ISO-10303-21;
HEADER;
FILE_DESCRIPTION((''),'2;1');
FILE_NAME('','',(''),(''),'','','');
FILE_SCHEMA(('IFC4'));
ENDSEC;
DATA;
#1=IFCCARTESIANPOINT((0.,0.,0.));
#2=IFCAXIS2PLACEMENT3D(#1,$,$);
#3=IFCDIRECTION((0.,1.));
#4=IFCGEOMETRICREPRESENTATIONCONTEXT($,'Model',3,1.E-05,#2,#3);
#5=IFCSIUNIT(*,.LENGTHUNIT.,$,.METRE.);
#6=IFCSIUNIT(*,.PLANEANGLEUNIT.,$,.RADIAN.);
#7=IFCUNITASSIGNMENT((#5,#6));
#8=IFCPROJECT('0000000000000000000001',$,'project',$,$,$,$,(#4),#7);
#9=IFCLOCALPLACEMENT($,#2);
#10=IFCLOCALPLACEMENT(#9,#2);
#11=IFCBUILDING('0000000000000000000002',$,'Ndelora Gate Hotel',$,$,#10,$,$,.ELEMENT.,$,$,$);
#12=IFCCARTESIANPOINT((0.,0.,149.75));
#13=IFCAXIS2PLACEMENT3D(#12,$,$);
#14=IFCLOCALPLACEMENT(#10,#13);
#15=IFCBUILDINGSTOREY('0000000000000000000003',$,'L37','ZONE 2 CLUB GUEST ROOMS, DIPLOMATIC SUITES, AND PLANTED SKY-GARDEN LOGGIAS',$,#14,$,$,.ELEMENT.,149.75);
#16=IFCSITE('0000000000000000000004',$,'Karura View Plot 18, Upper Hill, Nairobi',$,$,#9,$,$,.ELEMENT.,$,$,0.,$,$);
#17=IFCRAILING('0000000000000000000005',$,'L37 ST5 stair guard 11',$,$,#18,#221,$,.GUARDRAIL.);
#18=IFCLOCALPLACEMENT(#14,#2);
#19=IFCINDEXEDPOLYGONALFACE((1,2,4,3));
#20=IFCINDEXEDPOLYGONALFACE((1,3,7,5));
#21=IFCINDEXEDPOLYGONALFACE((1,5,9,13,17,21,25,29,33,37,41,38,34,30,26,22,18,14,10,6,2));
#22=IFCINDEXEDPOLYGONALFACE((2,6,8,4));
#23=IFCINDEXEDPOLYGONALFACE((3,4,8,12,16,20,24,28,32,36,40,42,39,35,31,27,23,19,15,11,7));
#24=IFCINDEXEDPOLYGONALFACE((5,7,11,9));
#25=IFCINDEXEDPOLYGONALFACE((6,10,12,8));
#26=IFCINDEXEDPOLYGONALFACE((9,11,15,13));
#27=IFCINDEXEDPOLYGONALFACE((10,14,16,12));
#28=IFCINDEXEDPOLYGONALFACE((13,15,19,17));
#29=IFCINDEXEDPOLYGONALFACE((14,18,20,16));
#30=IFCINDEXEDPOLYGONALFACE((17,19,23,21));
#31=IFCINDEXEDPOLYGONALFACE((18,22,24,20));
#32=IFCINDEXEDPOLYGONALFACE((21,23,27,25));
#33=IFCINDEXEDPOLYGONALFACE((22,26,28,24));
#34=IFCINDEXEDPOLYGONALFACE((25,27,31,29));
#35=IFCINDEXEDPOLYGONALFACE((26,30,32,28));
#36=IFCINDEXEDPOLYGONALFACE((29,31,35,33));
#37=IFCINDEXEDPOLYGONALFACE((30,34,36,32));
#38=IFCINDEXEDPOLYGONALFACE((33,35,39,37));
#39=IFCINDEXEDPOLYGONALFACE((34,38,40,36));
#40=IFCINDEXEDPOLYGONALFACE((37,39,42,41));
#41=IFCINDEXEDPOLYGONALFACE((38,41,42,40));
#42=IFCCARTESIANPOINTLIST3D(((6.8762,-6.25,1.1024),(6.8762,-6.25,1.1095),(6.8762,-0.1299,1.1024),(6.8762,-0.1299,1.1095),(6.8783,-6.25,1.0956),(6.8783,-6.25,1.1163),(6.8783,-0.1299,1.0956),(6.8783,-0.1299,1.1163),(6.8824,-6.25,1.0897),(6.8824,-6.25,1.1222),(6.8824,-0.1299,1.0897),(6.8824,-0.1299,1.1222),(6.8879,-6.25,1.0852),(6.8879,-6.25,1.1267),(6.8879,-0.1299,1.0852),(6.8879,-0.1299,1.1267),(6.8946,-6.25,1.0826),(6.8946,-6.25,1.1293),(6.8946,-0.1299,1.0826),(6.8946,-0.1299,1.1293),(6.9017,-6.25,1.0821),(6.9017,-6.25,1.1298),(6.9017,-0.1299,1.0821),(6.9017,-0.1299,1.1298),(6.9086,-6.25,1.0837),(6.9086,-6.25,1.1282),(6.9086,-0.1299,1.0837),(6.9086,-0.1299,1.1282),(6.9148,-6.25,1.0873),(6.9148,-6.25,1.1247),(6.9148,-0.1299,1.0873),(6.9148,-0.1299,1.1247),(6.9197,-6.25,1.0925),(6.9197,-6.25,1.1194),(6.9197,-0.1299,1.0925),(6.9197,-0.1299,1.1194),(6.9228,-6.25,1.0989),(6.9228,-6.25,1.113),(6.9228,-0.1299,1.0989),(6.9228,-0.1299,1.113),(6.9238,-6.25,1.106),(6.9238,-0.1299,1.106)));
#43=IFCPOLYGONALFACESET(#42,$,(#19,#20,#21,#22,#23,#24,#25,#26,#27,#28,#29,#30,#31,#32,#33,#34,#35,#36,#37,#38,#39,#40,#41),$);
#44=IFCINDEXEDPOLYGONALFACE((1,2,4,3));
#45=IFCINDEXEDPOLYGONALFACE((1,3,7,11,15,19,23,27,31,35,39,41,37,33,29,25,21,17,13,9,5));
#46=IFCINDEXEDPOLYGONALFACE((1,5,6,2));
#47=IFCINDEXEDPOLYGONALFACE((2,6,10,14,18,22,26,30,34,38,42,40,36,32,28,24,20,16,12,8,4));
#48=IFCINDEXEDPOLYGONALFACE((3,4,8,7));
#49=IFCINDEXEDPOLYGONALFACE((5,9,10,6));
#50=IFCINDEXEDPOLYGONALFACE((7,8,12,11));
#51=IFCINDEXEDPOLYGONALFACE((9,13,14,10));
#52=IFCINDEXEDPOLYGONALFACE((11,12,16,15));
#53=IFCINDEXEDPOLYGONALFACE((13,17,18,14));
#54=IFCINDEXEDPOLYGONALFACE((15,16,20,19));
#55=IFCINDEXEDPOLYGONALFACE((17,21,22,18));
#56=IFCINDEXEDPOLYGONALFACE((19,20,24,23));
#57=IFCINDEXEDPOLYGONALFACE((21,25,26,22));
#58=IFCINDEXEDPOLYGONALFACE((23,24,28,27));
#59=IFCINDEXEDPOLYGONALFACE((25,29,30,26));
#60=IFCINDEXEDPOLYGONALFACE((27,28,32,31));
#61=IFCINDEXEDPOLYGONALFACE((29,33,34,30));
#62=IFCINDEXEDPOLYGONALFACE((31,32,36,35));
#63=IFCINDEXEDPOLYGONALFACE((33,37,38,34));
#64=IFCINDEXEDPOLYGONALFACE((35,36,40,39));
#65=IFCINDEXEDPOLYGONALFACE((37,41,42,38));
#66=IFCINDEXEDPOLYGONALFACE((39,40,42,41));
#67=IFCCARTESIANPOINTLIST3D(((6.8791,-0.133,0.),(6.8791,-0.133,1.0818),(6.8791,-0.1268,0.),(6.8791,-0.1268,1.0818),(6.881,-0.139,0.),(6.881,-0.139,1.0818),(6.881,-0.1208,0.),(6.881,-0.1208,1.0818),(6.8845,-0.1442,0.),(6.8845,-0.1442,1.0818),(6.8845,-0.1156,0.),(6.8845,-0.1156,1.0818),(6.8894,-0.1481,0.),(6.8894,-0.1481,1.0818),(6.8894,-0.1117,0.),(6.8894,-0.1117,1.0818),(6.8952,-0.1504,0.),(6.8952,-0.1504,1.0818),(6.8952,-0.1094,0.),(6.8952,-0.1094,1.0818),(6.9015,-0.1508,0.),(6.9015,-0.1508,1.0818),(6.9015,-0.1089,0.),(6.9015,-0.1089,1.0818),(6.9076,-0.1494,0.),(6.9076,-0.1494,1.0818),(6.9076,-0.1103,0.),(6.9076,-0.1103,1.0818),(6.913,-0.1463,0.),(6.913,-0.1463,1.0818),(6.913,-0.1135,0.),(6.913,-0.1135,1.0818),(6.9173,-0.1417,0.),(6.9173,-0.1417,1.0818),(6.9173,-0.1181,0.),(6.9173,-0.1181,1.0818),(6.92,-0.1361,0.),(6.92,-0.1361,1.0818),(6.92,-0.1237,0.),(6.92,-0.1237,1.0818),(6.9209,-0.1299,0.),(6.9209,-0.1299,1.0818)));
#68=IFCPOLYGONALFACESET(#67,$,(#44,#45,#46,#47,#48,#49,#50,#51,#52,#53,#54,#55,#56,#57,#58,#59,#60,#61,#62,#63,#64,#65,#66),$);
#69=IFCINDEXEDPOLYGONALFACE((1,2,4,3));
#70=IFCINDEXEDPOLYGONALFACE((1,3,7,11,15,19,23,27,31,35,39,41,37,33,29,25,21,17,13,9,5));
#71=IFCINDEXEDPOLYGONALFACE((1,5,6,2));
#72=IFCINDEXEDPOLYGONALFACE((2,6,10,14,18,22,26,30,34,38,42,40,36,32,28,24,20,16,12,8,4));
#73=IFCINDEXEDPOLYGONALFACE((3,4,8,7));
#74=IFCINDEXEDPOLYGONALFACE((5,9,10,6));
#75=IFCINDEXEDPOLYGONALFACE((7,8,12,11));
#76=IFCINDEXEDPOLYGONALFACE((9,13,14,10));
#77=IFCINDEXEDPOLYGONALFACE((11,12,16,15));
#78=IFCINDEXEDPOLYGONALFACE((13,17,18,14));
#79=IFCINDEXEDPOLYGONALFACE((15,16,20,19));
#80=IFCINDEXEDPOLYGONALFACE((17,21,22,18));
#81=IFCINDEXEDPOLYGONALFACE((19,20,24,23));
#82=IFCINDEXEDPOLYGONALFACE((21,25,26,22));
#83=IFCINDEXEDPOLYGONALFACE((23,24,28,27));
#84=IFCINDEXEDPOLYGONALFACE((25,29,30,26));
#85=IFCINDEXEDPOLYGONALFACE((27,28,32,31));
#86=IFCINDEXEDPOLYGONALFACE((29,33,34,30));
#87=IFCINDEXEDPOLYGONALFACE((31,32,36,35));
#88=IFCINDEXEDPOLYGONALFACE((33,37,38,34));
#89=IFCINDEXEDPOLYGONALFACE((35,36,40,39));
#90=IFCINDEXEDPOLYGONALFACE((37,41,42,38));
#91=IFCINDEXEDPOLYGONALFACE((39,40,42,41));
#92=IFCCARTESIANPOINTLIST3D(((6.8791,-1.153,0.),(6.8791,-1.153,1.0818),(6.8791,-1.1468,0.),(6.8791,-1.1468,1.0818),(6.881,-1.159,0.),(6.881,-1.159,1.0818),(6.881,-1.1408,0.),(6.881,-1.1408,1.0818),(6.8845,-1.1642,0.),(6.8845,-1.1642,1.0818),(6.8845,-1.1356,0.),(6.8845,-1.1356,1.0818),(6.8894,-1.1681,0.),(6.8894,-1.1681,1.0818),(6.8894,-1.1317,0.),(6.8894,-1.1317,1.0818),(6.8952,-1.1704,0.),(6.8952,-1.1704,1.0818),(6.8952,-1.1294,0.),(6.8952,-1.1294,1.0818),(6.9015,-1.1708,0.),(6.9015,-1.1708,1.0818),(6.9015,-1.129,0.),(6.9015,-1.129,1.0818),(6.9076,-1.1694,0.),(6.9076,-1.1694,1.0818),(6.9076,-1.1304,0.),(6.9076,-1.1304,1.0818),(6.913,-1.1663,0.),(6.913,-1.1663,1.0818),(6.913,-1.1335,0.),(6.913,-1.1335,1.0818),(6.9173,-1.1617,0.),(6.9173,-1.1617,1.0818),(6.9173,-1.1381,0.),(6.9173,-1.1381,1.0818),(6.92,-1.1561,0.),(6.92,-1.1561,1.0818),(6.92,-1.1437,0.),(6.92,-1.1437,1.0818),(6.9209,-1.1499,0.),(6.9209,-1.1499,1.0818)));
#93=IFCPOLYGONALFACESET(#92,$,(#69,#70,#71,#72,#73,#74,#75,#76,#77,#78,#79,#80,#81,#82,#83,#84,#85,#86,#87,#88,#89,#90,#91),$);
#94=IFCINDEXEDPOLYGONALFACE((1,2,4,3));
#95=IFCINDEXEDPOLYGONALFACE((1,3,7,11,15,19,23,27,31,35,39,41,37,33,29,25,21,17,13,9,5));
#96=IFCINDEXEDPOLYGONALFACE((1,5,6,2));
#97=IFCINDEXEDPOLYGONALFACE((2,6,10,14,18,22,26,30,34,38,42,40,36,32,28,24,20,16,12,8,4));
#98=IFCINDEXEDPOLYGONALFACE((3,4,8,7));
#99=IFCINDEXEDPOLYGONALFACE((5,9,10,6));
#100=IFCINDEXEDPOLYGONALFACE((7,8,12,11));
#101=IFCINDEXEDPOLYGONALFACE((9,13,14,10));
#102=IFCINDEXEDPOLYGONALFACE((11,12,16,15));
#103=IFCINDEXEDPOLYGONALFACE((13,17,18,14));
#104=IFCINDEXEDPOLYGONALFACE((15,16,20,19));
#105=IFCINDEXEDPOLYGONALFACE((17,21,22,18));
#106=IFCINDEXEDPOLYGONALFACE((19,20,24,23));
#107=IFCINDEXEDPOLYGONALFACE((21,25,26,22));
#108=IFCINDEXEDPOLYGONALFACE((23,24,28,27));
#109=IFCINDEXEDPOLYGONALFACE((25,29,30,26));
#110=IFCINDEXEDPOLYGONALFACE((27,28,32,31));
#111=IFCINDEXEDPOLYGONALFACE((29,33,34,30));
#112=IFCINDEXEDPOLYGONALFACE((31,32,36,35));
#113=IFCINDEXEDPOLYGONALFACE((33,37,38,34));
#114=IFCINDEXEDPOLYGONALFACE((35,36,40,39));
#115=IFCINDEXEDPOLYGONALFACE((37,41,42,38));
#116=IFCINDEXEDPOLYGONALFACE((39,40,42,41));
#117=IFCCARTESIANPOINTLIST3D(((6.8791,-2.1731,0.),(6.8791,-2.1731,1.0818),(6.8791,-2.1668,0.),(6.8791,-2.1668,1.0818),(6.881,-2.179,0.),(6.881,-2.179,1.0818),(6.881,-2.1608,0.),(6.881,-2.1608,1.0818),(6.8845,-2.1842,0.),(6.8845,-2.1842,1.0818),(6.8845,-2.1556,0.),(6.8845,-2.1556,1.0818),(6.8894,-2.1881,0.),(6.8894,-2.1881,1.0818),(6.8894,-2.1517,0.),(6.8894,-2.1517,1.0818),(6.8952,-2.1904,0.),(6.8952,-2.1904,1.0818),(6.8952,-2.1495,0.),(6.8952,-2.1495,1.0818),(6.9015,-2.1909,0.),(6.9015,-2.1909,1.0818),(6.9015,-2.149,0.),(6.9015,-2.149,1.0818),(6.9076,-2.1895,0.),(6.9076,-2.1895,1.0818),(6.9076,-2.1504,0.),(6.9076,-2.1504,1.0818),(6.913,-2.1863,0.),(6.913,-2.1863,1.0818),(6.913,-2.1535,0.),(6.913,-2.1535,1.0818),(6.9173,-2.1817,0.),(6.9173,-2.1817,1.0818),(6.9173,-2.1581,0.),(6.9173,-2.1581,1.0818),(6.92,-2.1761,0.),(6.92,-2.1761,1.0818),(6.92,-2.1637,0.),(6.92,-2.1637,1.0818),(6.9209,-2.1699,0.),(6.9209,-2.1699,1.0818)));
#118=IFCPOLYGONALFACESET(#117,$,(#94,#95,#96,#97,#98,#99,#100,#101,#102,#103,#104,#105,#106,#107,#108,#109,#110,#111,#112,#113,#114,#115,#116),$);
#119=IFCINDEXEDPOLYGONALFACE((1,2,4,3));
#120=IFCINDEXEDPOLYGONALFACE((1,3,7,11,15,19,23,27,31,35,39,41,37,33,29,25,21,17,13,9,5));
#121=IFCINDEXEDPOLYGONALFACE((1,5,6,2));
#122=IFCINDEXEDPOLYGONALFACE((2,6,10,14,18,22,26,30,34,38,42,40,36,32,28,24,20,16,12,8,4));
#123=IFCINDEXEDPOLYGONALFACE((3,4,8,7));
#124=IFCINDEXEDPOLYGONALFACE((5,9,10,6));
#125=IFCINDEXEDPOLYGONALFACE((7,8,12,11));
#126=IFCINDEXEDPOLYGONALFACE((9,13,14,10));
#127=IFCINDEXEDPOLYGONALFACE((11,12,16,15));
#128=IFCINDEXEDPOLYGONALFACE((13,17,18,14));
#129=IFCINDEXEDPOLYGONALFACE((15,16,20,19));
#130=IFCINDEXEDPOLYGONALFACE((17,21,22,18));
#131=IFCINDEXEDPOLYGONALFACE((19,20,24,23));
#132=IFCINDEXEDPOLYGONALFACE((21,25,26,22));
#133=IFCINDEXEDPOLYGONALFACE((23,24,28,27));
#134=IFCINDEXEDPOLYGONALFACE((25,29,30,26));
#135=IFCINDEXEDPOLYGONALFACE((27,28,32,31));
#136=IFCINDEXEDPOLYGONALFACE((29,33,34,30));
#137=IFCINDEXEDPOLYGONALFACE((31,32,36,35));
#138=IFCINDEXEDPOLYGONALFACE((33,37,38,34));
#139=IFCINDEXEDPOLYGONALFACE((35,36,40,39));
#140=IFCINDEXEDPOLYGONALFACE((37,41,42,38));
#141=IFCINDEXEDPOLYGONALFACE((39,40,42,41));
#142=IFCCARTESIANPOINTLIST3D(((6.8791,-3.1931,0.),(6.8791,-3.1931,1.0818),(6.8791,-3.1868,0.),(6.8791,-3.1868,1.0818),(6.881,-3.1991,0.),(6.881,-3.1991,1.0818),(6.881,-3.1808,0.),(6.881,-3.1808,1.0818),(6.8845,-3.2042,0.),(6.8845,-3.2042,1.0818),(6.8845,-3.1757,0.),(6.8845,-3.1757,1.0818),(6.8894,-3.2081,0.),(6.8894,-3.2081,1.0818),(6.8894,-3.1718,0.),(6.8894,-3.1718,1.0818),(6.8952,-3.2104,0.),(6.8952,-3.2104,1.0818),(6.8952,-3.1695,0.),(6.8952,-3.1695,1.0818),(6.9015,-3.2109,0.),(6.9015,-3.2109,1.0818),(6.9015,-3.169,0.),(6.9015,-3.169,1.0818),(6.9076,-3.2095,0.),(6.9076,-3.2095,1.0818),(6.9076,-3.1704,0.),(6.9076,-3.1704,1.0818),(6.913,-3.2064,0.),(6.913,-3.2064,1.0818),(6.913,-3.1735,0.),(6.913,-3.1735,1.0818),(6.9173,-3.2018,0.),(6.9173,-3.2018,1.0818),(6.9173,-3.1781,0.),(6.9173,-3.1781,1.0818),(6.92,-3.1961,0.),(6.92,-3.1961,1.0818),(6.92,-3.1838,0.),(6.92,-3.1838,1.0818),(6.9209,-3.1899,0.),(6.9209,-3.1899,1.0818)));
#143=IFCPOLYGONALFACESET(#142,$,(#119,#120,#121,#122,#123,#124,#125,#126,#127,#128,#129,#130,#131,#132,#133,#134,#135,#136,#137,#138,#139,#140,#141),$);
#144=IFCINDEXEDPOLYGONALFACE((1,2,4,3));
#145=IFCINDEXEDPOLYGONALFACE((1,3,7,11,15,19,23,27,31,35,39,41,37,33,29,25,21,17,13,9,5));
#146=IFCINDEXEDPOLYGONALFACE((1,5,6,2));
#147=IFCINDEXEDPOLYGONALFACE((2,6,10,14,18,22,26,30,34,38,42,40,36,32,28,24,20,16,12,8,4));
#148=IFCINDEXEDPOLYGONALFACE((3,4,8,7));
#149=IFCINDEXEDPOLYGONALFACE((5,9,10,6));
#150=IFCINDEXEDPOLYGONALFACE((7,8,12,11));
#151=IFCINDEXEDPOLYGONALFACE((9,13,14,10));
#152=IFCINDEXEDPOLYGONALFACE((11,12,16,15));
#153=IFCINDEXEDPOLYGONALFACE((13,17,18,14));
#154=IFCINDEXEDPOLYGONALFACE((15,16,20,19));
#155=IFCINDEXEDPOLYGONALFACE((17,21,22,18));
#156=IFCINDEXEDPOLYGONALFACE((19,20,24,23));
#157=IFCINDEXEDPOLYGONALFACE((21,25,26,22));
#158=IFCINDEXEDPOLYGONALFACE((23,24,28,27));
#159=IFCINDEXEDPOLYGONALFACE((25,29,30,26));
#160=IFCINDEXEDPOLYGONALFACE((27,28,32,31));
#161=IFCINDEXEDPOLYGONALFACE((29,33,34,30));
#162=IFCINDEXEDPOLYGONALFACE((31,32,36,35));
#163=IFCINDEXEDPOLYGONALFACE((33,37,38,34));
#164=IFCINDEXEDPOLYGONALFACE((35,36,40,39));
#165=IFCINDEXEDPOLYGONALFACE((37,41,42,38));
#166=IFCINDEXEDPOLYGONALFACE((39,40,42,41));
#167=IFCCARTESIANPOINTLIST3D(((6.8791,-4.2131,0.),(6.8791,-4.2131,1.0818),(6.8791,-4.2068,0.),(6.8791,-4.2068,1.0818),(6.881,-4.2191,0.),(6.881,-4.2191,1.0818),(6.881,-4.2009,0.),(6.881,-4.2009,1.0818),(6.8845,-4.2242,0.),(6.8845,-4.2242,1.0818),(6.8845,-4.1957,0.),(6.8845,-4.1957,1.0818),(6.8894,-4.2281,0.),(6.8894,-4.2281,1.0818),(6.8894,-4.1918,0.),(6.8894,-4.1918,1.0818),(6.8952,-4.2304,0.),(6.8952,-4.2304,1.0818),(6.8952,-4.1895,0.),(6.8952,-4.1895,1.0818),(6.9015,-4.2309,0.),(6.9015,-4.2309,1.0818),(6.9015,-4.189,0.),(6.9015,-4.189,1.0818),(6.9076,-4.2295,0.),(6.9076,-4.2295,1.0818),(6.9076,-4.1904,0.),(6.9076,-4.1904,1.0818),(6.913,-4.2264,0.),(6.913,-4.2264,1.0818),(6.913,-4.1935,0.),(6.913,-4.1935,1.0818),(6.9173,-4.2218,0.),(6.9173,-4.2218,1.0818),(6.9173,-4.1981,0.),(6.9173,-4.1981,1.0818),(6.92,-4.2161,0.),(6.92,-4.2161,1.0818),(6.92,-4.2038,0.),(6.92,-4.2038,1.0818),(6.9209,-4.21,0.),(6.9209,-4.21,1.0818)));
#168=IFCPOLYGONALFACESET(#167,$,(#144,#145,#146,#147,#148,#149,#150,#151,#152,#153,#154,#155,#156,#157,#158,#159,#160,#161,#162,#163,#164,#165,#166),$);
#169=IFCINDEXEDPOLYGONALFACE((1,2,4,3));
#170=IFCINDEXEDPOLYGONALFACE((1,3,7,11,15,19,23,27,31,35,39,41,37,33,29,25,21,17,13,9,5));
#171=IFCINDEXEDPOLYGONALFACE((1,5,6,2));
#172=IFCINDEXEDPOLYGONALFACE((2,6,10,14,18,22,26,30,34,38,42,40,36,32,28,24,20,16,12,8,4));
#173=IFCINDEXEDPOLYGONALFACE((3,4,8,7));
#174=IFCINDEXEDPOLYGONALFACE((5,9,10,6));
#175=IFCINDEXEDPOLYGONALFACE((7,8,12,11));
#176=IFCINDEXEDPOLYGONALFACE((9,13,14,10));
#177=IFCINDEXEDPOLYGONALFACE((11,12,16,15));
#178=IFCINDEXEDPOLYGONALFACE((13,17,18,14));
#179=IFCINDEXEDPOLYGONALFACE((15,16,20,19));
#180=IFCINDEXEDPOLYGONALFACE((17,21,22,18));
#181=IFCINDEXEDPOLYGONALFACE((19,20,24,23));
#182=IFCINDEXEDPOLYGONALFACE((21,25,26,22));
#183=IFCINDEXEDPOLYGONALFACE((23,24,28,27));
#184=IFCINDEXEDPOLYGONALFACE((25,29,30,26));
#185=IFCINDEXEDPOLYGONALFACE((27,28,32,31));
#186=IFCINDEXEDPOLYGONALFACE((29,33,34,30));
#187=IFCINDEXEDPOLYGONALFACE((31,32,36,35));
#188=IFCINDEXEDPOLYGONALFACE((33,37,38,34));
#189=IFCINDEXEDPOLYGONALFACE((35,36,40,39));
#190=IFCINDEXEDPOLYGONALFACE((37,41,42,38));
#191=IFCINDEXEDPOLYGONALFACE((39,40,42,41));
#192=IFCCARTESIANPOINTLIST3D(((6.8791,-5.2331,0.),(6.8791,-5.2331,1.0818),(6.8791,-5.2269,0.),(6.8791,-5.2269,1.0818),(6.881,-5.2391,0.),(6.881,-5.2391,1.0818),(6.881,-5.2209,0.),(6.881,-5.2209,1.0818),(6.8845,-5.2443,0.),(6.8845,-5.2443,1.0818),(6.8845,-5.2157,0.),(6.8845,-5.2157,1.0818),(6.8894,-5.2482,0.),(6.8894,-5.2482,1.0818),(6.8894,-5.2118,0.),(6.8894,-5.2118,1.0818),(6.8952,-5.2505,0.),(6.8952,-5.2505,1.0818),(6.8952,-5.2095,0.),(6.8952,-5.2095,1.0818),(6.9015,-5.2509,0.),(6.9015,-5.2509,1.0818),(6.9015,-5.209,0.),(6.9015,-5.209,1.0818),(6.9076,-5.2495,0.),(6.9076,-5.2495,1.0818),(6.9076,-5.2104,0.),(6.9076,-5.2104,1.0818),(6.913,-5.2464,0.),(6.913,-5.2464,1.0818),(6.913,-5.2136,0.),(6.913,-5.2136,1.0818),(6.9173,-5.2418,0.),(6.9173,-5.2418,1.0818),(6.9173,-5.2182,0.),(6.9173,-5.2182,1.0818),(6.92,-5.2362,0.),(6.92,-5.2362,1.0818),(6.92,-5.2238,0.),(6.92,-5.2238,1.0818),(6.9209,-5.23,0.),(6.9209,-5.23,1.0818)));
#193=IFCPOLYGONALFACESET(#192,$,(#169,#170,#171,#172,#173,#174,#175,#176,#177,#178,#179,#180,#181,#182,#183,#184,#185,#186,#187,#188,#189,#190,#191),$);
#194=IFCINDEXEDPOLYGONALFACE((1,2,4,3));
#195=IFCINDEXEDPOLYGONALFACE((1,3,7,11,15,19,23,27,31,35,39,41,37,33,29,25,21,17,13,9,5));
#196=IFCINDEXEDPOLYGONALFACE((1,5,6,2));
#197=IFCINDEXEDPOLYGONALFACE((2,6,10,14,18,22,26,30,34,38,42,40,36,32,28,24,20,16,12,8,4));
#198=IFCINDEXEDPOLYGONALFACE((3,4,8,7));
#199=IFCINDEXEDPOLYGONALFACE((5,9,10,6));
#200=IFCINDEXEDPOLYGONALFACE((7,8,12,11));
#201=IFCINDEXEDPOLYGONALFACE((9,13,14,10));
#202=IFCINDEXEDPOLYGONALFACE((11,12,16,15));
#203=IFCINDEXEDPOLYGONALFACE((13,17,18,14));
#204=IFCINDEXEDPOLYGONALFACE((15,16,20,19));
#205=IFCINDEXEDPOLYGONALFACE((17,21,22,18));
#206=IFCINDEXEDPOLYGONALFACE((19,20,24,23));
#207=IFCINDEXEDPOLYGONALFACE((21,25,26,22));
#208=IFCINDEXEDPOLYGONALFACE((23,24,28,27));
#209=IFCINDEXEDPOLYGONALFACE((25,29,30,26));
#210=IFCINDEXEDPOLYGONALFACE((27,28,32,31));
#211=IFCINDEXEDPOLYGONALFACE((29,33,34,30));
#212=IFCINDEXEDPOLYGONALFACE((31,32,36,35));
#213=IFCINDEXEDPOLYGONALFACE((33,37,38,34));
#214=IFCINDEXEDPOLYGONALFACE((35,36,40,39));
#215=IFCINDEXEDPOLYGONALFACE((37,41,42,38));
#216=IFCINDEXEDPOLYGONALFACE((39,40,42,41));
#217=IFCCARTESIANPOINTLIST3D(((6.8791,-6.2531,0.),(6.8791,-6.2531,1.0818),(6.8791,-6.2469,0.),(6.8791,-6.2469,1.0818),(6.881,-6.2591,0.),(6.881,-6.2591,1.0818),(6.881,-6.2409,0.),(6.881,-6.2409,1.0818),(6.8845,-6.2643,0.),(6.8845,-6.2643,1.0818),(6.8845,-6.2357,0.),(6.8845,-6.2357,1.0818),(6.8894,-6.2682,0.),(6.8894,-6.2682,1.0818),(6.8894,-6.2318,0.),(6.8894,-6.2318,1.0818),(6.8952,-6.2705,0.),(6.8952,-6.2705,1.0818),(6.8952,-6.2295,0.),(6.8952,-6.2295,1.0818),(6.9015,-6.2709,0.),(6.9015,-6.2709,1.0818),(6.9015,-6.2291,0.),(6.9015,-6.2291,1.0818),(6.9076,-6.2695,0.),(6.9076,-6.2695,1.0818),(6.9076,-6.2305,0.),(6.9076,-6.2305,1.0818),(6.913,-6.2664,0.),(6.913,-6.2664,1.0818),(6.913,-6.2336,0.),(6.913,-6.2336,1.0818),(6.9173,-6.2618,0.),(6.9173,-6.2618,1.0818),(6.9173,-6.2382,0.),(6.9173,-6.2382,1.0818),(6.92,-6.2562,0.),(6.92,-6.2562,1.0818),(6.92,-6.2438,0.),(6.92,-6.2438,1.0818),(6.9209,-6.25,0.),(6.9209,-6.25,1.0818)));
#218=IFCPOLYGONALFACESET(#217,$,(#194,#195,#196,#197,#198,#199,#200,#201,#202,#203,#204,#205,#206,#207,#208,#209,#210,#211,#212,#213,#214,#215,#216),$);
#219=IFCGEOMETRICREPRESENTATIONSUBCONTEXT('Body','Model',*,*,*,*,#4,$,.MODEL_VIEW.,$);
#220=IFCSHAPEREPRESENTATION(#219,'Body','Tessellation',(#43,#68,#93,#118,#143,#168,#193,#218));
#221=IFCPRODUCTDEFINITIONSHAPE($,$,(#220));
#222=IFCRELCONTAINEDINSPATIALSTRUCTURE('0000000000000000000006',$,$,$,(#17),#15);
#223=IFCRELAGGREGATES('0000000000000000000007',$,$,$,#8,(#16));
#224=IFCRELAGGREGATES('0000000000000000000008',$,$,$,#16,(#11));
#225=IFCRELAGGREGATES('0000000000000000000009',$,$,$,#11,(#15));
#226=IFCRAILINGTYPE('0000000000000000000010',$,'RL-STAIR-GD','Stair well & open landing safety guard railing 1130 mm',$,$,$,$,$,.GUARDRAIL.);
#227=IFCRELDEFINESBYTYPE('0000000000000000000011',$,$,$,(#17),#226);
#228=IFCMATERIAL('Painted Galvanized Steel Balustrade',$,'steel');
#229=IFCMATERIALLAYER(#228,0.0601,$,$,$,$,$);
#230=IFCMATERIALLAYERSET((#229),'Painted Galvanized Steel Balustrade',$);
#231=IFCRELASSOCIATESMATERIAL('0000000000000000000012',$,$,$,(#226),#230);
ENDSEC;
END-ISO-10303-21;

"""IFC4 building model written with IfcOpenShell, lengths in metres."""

from ifc_helpers import new_model, si_unit, direction, frame, origin, origin_2d, place, context, subcontext, project, spatial, circle, extrude, material, layer, layer_set, type_object, element, save


model = new_model("IFC4")

# Units and contexts
model_context = context("Model", 3, precision=1e-05, world=origin(), true_north=direction((0.0, 1.0)))
body_context = subcontext(model_context, "Body", "Model", "MODEL_VIEW")
ifc_project = project(units=[si_unit("LENGTHUNIT", "METRE"), si_unit("PLANEANGLEUNIT", "RADIAN")], contexts=[model_context])

# Site, building, storey
site_placement = place(None, origin())
site = spatial("IfcSite", under=ifc_project, at=site_placement, Name="Karura View Plot 18, Upper Hill, Nairobi", CompositionType="ELEMENT", RefElevation=0.0)
building_placement = place(site_placement, origin())
building = spatial("IfcBuilding", under=site, at=building_placement, Name="Ndelora Gate Hotel", CompositionType="ELEMENT")
storey_placement = place(building_placement, frame((0.0, 0.0, 149.75)))
storey = spatial("IfcBuildingStorey", under=building, at=storey_placement, Name="L37", Description="ZONE 2 CLUB GUEST ROOMS, DIPLOMATIC SUITES, AND PLANTED SKY-GARDEN LOGGIAS", CompositionType="ELEMENT", Elevation=149.75)

# Railing
ifc_material_1 = material(Name="Painted Galvanized Steel Balustrade", Category="steel")
ifc_layer_1 = layer(ifc_material_1, 0.0601)
ifc_layer_set_1 = layer_set([ifc_layer_1], Name="Painted Galvanized Steel Balustrade")
railing_type = type_object("IfcRailingType", Name="RL-STAIR-GD", Description="Stair well & open landing safety guard railing 1130 mm", PredefinedType="GUARDRAIL", material=ifc_layer_set_1)
railing_placement = place(storey_placement, frame((6.8999, -0.1299, 0.0)))
element("IfcRailing", 1, at=railing_placement, inside=storey, type_object=railing_type, Name="L37 ST5 stair guard 11", PredefinedType="GUARDRAIL", context=body_context, shape_type="SweptSolid", body=[
    extrude(circle(Radius=0.0239, at=origin_2d()), frame((0.0, 0.0, 1.106), z_axis=(0.0, -1.0, 0.0), x_axis=(1.0, 0.0, 0.0)), (0.0, 0.0, 1.0), 6.1201),
    extrude(circle(Radius=0.021, at=origin_2d()), origin(), (0.0, 0.0, 1.0), 1.0818),
    extrude(circle(Radius=0.021, at=origin_2d()), frame((0.0, -1.02, 0.0)), (0.0, 0.0, 1.0), 1.0818),
    extrude(circle(Radius=0.021, at=origin_2d()), frame((0.0, -2.04, 0.0)), (0.0, 0.0, 1.0), 1.0818),
    extrude(circle(Radius=0.021, at=origin_2d()), frame((0.0, -3.0601, 0.0)), (0.0, 0.0, 1.0), 1.0818),
    extrude(circle(Radius=0.021, at=origin_2d()), frame((0.0, -4.0801, 0.0)), (0.0, 0.0, 1.0), 1.0818),
    extrude(circle(Radius=0.021, at=origin_2d()), frame((0.0, -5.1001, 0.0)), (0.0, 0.0, 1.0), 1.0818),
    extrude(circle(Radius=0.021, at=origin_2d()), frame((0.0, -6.1201, 0.0)), (0.0, 0.0, 1.0), 1.0818),
])

save(model, "model.ifc")
